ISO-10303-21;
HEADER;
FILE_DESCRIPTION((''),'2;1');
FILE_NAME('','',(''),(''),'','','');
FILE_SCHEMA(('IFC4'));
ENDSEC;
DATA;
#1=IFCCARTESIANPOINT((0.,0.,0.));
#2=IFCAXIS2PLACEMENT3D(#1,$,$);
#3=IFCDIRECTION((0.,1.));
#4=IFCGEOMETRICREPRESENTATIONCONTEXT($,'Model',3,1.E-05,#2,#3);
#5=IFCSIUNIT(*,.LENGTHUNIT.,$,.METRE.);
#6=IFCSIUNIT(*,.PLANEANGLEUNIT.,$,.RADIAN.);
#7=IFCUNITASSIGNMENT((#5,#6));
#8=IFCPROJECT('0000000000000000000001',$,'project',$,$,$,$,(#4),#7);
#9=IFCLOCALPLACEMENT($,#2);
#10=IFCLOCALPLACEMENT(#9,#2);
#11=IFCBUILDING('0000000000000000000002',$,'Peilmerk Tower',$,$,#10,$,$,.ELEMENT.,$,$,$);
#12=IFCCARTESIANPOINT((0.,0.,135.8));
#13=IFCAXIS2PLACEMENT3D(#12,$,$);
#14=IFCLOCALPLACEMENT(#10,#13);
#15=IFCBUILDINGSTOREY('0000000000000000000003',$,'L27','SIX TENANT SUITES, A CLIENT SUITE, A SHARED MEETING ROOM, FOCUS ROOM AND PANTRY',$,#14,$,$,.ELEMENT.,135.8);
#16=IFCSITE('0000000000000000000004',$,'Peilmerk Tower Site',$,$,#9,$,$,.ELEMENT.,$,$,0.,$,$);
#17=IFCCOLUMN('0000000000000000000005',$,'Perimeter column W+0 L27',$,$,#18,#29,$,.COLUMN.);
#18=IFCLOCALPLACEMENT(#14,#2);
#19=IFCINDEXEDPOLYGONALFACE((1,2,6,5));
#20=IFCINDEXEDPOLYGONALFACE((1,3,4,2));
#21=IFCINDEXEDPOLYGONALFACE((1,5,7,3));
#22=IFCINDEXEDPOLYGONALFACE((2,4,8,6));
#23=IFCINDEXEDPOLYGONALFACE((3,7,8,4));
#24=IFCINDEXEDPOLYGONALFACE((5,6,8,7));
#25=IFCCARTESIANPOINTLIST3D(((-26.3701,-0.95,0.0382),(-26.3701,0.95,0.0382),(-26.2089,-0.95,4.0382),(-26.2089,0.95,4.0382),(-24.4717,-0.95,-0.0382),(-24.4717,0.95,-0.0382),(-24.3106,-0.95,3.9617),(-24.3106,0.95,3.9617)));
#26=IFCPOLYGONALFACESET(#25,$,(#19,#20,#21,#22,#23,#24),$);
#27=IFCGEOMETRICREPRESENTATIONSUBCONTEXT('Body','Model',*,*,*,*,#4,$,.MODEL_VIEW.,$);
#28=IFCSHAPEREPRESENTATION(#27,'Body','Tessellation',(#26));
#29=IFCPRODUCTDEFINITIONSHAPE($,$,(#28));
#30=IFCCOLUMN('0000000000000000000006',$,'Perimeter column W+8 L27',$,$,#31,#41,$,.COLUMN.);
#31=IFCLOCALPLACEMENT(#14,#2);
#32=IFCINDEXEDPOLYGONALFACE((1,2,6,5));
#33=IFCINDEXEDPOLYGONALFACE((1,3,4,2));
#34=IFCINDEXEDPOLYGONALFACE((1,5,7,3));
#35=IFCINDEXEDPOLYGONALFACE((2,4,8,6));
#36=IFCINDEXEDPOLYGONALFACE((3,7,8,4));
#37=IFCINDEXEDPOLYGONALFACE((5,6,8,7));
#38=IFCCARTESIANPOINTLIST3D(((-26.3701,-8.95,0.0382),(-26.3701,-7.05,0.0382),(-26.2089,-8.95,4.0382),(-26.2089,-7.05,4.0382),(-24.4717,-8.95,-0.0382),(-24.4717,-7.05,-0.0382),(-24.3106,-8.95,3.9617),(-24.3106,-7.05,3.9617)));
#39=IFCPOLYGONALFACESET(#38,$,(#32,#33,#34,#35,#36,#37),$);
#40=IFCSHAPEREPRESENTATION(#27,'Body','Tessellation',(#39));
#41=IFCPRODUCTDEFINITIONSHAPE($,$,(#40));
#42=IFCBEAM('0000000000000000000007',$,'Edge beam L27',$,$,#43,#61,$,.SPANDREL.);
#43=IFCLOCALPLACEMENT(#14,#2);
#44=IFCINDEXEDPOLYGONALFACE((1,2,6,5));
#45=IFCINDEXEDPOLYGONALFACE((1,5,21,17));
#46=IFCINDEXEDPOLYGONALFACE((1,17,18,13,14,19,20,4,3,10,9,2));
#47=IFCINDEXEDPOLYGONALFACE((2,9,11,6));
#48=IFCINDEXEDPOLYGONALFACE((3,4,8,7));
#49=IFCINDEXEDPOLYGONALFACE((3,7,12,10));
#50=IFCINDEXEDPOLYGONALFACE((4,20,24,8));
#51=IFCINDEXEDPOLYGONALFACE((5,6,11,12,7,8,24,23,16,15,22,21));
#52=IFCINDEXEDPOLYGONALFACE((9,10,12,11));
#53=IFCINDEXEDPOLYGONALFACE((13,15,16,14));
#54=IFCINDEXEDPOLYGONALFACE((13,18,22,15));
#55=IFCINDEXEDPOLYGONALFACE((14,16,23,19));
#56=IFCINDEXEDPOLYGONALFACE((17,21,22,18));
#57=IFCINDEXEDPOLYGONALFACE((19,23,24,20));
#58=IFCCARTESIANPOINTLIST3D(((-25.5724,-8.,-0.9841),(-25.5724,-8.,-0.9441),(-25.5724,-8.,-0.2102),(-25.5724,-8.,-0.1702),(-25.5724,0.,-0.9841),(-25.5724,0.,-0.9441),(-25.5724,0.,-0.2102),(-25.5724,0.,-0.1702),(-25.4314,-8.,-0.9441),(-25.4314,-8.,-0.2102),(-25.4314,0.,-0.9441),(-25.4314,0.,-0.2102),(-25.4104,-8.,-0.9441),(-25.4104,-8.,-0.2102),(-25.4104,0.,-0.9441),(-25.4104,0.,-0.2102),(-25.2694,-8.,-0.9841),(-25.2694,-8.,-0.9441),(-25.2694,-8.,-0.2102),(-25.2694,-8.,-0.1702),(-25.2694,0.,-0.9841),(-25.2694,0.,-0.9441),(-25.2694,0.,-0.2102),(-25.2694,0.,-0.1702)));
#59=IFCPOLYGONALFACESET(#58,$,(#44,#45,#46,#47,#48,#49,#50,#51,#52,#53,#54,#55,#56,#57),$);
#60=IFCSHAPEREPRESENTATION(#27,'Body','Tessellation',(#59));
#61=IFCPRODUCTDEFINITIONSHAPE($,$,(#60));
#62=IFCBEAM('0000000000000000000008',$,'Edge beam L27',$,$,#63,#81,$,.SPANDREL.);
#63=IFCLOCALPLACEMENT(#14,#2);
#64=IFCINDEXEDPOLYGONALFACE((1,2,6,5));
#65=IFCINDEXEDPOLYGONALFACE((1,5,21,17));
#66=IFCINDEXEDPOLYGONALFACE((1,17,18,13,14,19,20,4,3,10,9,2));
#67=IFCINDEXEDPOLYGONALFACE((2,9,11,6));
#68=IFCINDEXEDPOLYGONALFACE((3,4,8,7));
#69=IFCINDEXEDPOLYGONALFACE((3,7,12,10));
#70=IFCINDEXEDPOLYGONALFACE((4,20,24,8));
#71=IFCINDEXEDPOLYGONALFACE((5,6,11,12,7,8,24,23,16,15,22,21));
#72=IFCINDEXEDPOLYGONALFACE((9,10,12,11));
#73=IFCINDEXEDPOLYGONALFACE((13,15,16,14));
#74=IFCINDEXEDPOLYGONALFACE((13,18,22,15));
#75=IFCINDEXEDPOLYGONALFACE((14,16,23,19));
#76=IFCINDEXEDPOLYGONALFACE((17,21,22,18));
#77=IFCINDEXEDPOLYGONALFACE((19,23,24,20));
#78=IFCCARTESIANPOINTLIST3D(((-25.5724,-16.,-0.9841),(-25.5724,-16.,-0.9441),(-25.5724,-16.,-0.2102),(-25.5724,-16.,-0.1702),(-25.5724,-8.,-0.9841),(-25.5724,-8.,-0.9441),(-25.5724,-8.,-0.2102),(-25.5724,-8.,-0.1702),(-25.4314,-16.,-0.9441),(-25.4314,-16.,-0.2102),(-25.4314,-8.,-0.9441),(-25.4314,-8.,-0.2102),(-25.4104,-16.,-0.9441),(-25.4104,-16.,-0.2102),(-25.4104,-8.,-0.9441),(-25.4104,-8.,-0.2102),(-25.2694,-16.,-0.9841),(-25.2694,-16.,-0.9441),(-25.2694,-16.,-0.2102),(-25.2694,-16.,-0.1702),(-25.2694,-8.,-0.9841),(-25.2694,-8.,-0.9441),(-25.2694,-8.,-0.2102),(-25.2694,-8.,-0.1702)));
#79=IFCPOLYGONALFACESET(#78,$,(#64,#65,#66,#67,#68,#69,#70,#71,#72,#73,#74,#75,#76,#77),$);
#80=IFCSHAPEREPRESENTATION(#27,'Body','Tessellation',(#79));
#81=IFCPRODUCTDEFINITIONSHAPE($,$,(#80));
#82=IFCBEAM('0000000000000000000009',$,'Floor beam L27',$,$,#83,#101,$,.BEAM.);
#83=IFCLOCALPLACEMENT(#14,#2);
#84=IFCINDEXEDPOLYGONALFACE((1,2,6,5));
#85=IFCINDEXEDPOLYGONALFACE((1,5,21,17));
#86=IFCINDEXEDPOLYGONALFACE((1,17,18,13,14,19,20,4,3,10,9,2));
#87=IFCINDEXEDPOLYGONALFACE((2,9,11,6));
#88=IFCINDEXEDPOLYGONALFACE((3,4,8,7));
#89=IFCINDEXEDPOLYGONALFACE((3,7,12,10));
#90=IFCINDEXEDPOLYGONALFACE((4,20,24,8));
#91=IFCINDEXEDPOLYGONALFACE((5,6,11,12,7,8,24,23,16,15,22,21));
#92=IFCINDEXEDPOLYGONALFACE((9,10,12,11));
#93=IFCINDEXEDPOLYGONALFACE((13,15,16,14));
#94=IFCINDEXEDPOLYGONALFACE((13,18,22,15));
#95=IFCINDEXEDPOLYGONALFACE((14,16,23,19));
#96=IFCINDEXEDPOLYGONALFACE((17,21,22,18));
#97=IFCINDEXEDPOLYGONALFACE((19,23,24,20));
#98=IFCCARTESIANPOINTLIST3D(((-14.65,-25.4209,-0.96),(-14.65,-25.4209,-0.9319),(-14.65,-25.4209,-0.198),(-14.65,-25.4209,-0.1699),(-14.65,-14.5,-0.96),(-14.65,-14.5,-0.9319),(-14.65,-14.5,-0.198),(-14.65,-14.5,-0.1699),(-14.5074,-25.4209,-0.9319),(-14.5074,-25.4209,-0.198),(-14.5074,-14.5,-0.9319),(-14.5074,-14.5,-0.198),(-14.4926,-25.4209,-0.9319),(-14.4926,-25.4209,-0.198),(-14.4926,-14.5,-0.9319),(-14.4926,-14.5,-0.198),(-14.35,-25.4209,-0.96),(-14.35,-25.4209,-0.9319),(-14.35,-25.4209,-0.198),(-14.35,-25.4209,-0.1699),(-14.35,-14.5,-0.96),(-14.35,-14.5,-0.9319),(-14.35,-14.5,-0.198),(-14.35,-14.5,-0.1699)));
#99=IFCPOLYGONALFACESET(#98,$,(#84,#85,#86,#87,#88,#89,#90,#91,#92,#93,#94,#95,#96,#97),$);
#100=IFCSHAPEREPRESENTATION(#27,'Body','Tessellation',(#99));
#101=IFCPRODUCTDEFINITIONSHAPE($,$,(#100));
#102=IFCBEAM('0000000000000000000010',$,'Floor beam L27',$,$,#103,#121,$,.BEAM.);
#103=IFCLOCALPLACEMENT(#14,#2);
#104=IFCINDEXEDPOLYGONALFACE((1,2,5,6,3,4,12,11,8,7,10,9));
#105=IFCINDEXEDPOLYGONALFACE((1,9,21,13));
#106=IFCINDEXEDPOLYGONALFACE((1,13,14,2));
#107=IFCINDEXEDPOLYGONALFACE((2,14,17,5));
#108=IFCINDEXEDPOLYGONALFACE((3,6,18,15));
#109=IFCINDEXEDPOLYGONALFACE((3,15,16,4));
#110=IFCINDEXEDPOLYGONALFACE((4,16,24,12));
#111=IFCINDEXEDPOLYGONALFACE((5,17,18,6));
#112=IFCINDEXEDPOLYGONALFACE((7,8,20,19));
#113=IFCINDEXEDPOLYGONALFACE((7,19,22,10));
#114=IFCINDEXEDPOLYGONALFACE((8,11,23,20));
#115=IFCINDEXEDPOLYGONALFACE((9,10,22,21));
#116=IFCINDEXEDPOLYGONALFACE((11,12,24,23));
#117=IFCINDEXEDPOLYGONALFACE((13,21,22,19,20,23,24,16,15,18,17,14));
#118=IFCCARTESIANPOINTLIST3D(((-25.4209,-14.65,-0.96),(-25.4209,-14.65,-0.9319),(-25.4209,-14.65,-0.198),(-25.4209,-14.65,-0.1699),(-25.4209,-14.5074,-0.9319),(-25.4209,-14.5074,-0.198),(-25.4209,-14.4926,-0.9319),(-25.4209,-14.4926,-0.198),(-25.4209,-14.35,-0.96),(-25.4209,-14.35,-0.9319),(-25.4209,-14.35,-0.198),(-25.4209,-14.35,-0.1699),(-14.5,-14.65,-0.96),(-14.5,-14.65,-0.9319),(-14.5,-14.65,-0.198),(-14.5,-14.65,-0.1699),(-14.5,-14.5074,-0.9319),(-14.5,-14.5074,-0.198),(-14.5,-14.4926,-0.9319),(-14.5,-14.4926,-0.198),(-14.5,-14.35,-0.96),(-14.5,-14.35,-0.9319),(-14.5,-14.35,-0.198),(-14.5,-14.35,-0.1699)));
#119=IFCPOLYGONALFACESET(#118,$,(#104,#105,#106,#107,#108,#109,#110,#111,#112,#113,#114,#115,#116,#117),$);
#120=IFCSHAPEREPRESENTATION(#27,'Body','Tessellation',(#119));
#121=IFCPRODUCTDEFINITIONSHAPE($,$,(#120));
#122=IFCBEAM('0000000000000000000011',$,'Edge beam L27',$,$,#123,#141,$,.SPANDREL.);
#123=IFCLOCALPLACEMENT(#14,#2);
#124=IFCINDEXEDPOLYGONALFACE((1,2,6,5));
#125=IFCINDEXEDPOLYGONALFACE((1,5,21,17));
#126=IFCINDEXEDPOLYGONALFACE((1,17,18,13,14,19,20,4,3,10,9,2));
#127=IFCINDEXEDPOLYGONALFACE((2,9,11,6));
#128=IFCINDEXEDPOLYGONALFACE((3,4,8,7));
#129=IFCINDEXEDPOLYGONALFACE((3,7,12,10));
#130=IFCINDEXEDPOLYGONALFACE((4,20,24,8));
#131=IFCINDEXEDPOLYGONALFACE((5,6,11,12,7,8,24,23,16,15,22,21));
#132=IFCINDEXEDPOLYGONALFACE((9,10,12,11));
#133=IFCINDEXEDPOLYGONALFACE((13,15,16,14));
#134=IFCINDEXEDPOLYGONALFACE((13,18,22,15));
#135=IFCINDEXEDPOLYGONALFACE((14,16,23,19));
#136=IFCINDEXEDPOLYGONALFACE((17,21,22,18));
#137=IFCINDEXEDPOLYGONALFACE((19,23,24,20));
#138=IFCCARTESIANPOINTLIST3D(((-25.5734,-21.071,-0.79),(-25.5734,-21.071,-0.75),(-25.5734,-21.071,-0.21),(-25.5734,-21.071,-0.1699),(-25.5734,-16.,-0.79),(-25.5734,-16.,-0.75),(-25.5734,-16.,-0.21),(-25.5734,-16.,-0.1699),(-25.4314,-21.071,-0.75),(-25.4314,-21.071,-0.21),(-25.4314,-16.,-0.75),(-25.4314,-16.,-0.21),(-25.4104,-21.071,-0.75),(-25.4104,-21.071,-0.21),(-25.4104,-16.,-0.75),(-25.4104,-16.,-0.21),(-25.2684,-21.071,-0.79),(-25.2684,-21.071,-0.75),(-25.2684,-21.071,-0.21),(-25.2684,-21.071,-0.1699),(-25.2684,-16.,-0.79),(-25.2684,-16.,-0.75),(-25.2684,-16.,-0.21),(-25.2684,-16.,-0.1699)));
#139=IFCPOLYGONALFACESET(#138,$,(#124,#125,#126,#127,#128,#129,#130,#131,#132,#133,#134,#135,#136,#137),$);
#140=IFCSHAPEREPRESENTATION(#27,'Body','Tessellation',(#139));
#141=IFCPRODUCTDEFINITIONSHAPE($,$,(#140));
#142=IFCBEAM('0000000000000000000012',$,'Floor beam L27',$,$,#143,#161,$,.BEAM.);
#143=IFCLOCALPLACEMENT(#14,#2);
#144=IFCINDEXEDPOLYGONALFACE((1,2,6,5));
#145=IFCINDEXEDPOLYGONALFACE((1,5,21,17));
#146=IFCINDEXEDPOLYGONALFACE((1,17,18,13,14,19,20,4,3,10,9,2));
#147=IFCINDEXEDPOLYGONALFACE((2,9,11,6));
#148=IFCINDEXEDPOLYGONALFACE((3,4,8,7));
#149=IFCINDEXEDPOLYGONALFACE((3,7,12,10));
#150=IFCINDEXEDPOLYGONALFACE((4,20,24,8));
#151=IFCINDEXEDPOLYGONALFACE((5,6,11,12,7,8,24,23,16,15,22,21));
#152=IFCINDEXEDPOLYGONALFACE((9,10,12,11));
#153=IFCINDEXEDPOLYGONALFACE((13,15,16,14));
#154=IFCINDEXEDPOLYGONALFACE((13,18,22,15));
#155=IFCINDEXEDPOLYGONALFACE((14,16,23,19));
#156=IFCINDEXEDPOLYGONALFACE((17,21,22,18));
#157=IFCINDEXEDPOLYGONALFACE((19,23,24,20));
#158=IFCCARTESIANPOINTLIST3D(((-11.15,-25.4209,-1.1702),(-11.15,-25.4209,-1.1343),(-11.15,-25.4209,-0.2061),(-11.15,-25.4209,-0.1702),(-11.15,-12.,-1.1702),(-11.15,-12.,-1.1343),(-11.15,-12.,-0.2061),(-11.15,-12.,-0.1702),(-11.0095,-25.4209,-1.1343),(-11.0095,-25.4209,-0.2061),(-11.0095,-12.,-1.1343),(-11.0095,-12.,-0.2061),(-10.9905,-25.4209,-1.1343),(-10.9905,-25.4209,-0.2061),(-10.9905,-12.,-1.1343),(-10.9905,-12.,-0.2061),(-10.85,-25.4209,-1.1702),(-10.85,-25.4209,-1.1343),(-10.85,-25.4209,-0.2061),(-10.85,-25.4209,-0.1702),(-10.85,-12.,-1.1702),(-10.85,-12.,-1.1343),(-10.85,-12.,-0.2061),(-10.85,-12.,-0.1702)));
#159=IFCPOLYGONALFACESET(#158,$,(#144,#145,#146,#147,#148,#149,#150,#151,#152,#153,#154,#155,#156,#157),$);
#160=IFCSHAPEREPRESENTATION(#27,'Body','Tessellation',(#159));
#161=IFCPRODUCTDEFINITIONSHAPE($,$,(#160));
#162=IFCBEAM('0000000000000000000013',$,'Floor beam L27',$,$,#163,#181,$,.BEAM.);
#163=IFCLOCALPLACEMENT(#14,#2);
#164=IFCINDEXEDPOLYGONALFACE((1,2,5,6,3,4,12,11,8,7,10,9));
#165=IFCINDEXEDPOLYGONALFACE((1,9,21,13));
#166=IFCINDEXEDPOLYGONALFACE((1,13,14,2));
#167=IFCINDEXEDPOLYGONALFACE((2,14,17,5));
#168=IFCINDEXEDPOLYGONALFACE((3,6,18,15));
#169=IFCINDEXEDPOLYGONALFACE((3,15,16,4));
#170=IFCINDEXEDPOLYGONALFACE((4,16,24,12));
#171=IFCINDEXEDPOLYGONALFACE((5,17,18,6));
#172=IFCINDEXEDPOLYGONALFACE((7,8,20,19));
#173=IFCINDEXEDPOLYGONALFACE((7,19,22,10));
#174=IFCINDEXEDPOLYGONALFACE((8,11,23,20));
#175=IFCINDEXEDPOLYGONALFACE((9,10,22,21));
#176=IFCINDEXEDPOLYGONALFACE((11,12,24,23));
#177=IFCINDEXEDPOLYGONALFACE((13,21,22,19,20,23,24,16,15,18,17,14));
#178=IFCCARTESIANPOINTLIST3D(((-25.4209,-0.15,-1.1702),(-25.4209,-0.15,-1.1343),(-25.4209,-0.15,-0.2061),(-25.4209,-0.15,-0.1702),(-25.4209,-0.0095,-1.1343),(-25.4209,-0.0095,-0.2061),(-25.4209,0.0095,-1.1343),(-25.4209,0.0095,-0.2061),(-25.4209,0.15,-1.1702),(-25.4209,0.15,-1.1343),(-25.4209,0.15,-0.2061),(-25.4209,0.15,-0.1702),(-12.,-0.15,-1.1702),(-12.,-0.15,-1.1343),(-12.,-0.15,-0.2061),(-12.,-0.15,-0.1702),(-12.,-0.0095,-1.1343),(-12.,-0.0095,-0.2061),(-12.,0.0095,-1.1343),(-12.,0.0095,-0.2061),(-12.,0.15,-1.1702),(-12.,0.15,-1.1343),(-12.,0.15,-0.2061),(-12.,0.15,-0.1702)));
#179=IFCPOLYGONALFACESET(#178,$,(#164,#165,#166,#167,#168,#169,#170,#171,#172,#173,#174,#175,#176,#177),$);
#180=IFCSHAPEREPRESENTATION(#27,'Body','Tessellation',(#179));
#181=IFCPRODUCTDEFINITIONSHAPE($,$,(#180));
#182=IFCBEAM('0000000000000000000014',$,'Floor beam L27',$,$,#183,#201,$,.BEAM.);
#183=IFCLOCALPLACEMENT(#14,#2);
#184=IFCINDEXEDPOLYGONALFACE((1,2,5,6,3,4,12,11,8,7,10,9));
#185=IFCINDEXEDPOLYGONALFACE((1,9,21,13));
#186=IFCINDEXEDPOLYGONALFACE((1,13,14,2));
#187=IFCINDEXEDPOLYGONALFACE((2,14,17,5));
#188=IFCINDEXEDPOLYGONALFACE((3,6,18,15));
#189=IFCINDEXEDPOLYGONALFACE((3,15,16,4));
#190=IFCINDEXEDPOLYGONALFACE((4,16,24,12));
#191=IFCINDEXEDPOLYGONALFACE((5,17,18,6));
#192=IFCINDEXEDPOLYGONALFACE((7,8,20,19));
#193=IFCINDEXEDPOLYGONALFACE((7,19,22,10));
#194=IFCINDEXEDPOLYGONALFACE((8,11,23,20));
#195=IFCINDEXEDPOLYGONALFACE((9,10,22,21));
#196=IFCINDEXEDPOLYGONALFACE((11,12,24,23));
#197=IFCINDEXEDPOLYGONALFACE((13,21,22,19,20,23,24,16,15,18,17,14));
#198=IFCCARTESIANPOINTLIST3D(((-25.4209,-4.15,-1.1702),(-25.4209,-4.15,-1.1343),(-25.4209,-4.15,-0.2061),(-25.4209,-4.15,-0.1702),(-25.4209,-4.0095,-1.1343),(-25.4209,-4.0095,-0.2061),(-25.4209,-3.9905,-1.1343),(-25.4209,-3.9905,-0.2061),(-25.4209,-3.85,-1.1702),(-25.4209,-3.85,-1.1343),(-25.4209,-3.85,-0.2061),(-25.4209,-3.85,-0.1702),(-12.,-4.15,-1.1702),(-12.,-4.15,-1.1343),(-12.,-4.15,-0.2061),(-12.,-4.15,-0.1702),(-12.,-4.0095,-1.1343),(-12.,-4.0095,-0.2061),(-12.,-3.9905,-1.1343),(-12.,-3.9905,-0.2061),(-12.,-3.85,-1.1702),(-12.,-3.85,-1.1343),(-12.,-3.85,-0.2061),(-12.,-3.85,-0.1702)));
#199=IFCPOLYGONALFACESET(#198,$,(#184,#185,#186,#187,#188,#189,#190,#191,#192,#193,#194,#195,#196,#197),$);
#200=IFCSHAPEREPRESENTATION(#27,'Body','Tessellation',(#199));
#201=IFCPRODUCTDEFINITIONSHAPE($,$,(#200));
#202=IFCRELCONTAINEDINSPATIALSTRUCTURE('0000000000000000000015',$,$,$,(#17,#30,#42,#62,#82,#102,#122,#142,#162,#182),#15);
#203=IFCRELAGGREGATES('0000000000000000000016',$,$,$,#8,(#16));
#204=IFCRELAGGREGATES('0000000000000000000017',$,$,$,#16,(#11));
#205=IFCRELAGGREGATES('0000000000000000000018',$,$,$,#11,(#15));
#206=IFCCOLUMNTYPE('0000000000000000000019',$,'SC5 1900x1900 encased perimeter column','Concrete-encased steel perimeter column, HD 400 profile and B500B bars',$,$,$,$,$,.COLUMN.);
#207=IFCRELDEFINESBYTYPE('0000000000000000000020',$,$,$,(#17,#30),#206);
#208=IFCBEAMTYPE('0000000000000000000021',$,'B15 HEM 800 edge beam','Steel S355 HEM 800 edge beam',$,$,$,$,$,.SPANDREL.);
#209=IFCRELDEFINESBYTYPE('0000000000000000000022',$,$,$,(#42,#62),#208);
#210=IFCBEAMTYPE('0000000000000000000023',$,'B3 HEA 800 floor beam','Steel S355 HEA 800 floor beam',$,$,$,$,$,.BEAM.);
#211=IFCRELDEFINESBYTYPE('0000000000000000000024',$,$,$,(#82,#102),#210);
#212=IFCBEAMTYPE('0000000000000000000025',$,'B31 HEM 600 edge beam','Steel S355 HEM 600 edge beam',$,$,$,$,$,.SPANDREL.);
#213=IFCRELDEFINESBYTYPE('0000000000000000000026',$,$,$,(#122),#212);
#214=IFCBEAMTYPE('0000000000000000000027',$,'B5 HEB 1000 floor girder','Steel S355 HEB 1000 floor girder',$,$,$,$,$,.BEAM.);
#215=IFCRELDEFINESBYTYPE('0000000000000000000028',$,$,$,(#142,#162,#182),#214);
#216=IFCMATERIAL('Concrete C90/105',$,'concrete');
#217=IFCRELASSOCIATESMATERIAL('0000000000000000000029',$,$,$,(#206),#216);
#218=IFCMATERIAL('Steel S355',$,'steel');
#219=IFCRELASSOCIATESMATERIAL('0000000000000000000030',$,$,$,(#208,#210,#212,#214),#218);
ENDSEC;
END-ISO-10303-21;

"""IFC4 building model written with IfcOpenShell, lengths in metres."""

from ifc_helpers import new_model, si_unit, direction, frame, origin, origin_2d, place, context, subcontext, project, spatial, rectangle, i_section, extrude, material, material_profile, profile_set, type_object, element, save


model = new_model("IFC4")

# Units and contexts
model_context = context("Model", 3, precision=1e-05, world=origin(), true_north=direction((0.0, 1.0)))
body_context = subcontext(model_context, "Body", "Model", "MODEL_VIEW")
ifc_project = project(units=[si_unit("LENGTHUNIT", "METRE"), si_unit("PLANEANGLEUNIT", "RADIAN")], contexts=[model_context])

# Site, building, storey
site_placement = place(None, origin())
site = spatial("IfcSite", under=ifc_project, at=site_placement, Name="Peilmerk Tower Site", CompositionType="ELEMENT", RefElevation=0.0)
building_placement = place(site_placement, origin())
building = spatial("IfcBuilding", under=site, at=building_placement, Name="Peilmerk Tower", CompositionType="ELEMENT")
storey_placement = place(building_placement, frame((0.0, 0.0, 135.8)))
storey = spatial("IfcBuildingStorey", under=building, at=storey_placement, Name="L27", Description="SIX TENANT SUITES, A CLIENT SUITE, A SHARED MEETING ROOM, FOCUS ROOM AND PANTRY", CompositionType="ELEMENT", Elevation=135.8)

# Columns
ifc_material_1 = material(Name="Concrete C90/105", Category="concrete")
ifc_material_profile_1 = material_profile(ifc_material_1, rectangle(XDim=1.8999, YDim=1.8999, at=origin_2d()), Name="RC 1900x1900")
ifc_profile_set_1 = profile_set([ifc_material_profile_1], Name="Concrete C90/105")
column_type = type_object("IfcColumnType", Name="SC5 1900x1900 encased perimeter column", Description="Concrete-encased steel perimeter column, HD 400 profile and B500B bars", PredefinedType="COLUMN", material=ifc_profile_set_1)
for number, where, z_axis, x_axis, name in (
    (1, (-25.4209, 0.0, 0.0), (0.040251, 0.0, 0.99919), (0.0, 1.0, 0.0), "Perimeter column W+0 L27"),
    (2, (-25.4209, -8.0, 0.0), (0.040251, 0.0, 0.99919), (0.0, 1.0, 0.0), "Perimeter column W+8 L27"),
):
    element("IfcColumn", number, at=place(storey_placement, frame(where, z_axis=z_axis, x_axis=x_axis)), inside=storey, type_object=column_type, Name=name, PredefinedType="COLUMN", context=body_context, shape_type="SweptSolid", body=[
        extrude(rectangle(XDim=1.8999, YDim=1.8999, at=origin_2d()), origin(), (0.0, 0.0, 1.0), 4.0032),
    ])

# Beams
ifc_material_2 = material(Name="Steel S355", Category="steel")
ifc_material_profile_2 = material_profile(ifc_material_2, i_section(OverallWidth=0.303, OverallDepth=0.814, WebThickness=0.021, FlangeThickness=0.04, at=origin_2d()), Name="HEM 800")
ifc_profile_set_2 = profile_set([ifc_material_profile_2], Name="Steel S355")
beam_type_1 = type_object("IfcBeamType", Name="B15 HEM 800 edge beam", Description="Steel S355 HEM 800 edge beam", PredefinedType="SPANDREL", material=ifc_profile_set_2)
for number, where, z_axis, x_axis, name in (
    (3, (-25.4209, 0.0, -0.5771), (0.0, -1.0, 0.0), (1.0, 0.0, 0.0), "Edge beam L27"),
    (4, (-25.4209, -8.0, -0.5771), (0.0, -1.0, 0.0), (1.0, 0.0, 0.0), "Edge beam L27"),
):
    element("IfcBeam", number, at=place(storey_placement, frame(where, z_axis=z_axis, x_axis=x_axis)), inside=storey, type_object=beam_type_1, Name=name, PredefinedType="SPANDREL", context=body_context, shape_type="SweptSolid", body=[
        extrude(i_section(OverallWidth=0.303, OverallDepth=0.814, WebThickness=0.021, FlangeThickness=0.04, at=origin_2d()), origin(), (0.0, 0.0, 1.0), 8.0),
    ])
ifc_material_profile_3 = material_profile(ifc_material_2, i_section(OverallWidth=0.3, OverallDepth=0.79, WebThickness=0.0149, FlangeThickness=0.0281, at=origin_2d()), Name="HEA 800")
ifc_profile_set_3 = profile_set([ifc_material_profile_3], Name="Steel S355")
beam_type_2 = type_object("IfcBeamType", Name="B3 HEA 800 floor beam", Description="Steel S355 HEA 800 floor beam", PredefinedType="BEAM", material=ifc_profile_set_3)
for number, where, z_axis, x_axis, name in (
    (5, (-14.5, -14.5, -0.5649), (0.0, -1.0, 0.0), (1.0, 0.0, 0.0), "Floor beam L27"),
    (6, (-14.5, -14.5, -0.5649), (-1.0, 0.0, 0.0), (0.0, -1.0, 0.0), "Floor beam L27"),
):
    element("IfcBeam", number, at=place(storey_placement, frame(where, z_axis=z_axis, x_axis=x_axis)), inside=storey, type_object=beam_type_2, Name=name, PredefinedType="BEAM", context=body_context, shape_type="SweptSolid", body=[
        extrude(i_section(OverallWidth=0.3, OverallDepth=0.79, WebThickness=0.0149, FlangeThickness=0.0281, at=origin_2d()), origin(), (0.0, 0.0, 1.0), 10.9209),
    ])
ifc_material_profile_4 = material_profile(ifc_material_2, i_section(OverallWidth=0.3049, OverallDepth=0.6201, WebThickness=0.021, FlangeThickness=0.04, at=origin_2d()), Name="HEM 600")
ifc_profile_set_4 = profile_set([ifc_material_profile_4], Name="Steel S355")
beam_type_3 = type_object("IfcBeamType", Name="B31 HEM 600 edge beam", Description="Steel S355 HEM 600 edge beam", PredefinedType="SPANDREL", material=ifc_profile_set_4)
beam_1_placement = place(storey_placement, frame((-25.4209, -16.0, -0.48), z_axis=(0.0, -1.0, 0.0), x_axis=(1.0, 0.0, 0.0)))
element("IfcBeam", 7, at=beam_1_placement, inside=storey, type_object=beam_type_3, Name="Edge beam L27", PredefinedType="SPANDREL", context=body_context, shape_type="SweptSolid", body=[
    extrude(i_section(OverallWidth=0.3049, OverallDepth=0.6201, WebThickness=0.021, FlangeThickness=0.04, at=origin_2d()), origin(), (0.0, 0.0, 1.0), 5.071),
])
ifc_material_profile_5 = material_profile(ifc_material_2, i_section(OverallWidth=0.3, OverallDepth=1.0, WebThickness=0.019, FlangeThickness=0.0359, at=origin_2d()), Name="HEB 1000")
ifc_profile_set_5 = profile_set([ifc_material_profile_5], Name="Steel S355")
beam_type_4 = type_object("IfcBeamType", Name="B5 HEB 1000 floor girder", Description="Steel S355 HEB 1000 floor girder", PredefinedType="BEAM", material=ifc_profile_set_5)
for number, where, z_axis, x_axis, name in (
    (8, (-11.0, -12.0, -0.6702), (0.0, -1.0, 0.0), (1.0, 0.0, 0.0), "Floor beam L27"),
    (9, (-12.0, 0.0, -0.6702), (-1.0, 0.0, 0.0), (0.0, -1.0, 0.0), "Floor beam L27"),
    (10, (-12.0, -4.0, -0.6702), (-1.0, 0.0, 0.0), (0.0, -1.0, 0.0), "Floor beam L27"),
):
    element("IfcBeam", number, at=place(storey_placement, frame(where, z_axis=z_axis, x_axis=x_axis)), inside=storey, type_object=beam_type_4, Name=name, PredefinedType="BEAM", context=body_context, shape_type="SweptSolid", body=[
        extrude(i_section(OverallWidth=0.3, OverallDepth=1.0, WebThickness=0.019, FlangeThickness=0.0359, at=origin_2d()), origin(), (0.0, 0.0, 1.0), 13.4209),
    ])

save(model, "model.ifc")
